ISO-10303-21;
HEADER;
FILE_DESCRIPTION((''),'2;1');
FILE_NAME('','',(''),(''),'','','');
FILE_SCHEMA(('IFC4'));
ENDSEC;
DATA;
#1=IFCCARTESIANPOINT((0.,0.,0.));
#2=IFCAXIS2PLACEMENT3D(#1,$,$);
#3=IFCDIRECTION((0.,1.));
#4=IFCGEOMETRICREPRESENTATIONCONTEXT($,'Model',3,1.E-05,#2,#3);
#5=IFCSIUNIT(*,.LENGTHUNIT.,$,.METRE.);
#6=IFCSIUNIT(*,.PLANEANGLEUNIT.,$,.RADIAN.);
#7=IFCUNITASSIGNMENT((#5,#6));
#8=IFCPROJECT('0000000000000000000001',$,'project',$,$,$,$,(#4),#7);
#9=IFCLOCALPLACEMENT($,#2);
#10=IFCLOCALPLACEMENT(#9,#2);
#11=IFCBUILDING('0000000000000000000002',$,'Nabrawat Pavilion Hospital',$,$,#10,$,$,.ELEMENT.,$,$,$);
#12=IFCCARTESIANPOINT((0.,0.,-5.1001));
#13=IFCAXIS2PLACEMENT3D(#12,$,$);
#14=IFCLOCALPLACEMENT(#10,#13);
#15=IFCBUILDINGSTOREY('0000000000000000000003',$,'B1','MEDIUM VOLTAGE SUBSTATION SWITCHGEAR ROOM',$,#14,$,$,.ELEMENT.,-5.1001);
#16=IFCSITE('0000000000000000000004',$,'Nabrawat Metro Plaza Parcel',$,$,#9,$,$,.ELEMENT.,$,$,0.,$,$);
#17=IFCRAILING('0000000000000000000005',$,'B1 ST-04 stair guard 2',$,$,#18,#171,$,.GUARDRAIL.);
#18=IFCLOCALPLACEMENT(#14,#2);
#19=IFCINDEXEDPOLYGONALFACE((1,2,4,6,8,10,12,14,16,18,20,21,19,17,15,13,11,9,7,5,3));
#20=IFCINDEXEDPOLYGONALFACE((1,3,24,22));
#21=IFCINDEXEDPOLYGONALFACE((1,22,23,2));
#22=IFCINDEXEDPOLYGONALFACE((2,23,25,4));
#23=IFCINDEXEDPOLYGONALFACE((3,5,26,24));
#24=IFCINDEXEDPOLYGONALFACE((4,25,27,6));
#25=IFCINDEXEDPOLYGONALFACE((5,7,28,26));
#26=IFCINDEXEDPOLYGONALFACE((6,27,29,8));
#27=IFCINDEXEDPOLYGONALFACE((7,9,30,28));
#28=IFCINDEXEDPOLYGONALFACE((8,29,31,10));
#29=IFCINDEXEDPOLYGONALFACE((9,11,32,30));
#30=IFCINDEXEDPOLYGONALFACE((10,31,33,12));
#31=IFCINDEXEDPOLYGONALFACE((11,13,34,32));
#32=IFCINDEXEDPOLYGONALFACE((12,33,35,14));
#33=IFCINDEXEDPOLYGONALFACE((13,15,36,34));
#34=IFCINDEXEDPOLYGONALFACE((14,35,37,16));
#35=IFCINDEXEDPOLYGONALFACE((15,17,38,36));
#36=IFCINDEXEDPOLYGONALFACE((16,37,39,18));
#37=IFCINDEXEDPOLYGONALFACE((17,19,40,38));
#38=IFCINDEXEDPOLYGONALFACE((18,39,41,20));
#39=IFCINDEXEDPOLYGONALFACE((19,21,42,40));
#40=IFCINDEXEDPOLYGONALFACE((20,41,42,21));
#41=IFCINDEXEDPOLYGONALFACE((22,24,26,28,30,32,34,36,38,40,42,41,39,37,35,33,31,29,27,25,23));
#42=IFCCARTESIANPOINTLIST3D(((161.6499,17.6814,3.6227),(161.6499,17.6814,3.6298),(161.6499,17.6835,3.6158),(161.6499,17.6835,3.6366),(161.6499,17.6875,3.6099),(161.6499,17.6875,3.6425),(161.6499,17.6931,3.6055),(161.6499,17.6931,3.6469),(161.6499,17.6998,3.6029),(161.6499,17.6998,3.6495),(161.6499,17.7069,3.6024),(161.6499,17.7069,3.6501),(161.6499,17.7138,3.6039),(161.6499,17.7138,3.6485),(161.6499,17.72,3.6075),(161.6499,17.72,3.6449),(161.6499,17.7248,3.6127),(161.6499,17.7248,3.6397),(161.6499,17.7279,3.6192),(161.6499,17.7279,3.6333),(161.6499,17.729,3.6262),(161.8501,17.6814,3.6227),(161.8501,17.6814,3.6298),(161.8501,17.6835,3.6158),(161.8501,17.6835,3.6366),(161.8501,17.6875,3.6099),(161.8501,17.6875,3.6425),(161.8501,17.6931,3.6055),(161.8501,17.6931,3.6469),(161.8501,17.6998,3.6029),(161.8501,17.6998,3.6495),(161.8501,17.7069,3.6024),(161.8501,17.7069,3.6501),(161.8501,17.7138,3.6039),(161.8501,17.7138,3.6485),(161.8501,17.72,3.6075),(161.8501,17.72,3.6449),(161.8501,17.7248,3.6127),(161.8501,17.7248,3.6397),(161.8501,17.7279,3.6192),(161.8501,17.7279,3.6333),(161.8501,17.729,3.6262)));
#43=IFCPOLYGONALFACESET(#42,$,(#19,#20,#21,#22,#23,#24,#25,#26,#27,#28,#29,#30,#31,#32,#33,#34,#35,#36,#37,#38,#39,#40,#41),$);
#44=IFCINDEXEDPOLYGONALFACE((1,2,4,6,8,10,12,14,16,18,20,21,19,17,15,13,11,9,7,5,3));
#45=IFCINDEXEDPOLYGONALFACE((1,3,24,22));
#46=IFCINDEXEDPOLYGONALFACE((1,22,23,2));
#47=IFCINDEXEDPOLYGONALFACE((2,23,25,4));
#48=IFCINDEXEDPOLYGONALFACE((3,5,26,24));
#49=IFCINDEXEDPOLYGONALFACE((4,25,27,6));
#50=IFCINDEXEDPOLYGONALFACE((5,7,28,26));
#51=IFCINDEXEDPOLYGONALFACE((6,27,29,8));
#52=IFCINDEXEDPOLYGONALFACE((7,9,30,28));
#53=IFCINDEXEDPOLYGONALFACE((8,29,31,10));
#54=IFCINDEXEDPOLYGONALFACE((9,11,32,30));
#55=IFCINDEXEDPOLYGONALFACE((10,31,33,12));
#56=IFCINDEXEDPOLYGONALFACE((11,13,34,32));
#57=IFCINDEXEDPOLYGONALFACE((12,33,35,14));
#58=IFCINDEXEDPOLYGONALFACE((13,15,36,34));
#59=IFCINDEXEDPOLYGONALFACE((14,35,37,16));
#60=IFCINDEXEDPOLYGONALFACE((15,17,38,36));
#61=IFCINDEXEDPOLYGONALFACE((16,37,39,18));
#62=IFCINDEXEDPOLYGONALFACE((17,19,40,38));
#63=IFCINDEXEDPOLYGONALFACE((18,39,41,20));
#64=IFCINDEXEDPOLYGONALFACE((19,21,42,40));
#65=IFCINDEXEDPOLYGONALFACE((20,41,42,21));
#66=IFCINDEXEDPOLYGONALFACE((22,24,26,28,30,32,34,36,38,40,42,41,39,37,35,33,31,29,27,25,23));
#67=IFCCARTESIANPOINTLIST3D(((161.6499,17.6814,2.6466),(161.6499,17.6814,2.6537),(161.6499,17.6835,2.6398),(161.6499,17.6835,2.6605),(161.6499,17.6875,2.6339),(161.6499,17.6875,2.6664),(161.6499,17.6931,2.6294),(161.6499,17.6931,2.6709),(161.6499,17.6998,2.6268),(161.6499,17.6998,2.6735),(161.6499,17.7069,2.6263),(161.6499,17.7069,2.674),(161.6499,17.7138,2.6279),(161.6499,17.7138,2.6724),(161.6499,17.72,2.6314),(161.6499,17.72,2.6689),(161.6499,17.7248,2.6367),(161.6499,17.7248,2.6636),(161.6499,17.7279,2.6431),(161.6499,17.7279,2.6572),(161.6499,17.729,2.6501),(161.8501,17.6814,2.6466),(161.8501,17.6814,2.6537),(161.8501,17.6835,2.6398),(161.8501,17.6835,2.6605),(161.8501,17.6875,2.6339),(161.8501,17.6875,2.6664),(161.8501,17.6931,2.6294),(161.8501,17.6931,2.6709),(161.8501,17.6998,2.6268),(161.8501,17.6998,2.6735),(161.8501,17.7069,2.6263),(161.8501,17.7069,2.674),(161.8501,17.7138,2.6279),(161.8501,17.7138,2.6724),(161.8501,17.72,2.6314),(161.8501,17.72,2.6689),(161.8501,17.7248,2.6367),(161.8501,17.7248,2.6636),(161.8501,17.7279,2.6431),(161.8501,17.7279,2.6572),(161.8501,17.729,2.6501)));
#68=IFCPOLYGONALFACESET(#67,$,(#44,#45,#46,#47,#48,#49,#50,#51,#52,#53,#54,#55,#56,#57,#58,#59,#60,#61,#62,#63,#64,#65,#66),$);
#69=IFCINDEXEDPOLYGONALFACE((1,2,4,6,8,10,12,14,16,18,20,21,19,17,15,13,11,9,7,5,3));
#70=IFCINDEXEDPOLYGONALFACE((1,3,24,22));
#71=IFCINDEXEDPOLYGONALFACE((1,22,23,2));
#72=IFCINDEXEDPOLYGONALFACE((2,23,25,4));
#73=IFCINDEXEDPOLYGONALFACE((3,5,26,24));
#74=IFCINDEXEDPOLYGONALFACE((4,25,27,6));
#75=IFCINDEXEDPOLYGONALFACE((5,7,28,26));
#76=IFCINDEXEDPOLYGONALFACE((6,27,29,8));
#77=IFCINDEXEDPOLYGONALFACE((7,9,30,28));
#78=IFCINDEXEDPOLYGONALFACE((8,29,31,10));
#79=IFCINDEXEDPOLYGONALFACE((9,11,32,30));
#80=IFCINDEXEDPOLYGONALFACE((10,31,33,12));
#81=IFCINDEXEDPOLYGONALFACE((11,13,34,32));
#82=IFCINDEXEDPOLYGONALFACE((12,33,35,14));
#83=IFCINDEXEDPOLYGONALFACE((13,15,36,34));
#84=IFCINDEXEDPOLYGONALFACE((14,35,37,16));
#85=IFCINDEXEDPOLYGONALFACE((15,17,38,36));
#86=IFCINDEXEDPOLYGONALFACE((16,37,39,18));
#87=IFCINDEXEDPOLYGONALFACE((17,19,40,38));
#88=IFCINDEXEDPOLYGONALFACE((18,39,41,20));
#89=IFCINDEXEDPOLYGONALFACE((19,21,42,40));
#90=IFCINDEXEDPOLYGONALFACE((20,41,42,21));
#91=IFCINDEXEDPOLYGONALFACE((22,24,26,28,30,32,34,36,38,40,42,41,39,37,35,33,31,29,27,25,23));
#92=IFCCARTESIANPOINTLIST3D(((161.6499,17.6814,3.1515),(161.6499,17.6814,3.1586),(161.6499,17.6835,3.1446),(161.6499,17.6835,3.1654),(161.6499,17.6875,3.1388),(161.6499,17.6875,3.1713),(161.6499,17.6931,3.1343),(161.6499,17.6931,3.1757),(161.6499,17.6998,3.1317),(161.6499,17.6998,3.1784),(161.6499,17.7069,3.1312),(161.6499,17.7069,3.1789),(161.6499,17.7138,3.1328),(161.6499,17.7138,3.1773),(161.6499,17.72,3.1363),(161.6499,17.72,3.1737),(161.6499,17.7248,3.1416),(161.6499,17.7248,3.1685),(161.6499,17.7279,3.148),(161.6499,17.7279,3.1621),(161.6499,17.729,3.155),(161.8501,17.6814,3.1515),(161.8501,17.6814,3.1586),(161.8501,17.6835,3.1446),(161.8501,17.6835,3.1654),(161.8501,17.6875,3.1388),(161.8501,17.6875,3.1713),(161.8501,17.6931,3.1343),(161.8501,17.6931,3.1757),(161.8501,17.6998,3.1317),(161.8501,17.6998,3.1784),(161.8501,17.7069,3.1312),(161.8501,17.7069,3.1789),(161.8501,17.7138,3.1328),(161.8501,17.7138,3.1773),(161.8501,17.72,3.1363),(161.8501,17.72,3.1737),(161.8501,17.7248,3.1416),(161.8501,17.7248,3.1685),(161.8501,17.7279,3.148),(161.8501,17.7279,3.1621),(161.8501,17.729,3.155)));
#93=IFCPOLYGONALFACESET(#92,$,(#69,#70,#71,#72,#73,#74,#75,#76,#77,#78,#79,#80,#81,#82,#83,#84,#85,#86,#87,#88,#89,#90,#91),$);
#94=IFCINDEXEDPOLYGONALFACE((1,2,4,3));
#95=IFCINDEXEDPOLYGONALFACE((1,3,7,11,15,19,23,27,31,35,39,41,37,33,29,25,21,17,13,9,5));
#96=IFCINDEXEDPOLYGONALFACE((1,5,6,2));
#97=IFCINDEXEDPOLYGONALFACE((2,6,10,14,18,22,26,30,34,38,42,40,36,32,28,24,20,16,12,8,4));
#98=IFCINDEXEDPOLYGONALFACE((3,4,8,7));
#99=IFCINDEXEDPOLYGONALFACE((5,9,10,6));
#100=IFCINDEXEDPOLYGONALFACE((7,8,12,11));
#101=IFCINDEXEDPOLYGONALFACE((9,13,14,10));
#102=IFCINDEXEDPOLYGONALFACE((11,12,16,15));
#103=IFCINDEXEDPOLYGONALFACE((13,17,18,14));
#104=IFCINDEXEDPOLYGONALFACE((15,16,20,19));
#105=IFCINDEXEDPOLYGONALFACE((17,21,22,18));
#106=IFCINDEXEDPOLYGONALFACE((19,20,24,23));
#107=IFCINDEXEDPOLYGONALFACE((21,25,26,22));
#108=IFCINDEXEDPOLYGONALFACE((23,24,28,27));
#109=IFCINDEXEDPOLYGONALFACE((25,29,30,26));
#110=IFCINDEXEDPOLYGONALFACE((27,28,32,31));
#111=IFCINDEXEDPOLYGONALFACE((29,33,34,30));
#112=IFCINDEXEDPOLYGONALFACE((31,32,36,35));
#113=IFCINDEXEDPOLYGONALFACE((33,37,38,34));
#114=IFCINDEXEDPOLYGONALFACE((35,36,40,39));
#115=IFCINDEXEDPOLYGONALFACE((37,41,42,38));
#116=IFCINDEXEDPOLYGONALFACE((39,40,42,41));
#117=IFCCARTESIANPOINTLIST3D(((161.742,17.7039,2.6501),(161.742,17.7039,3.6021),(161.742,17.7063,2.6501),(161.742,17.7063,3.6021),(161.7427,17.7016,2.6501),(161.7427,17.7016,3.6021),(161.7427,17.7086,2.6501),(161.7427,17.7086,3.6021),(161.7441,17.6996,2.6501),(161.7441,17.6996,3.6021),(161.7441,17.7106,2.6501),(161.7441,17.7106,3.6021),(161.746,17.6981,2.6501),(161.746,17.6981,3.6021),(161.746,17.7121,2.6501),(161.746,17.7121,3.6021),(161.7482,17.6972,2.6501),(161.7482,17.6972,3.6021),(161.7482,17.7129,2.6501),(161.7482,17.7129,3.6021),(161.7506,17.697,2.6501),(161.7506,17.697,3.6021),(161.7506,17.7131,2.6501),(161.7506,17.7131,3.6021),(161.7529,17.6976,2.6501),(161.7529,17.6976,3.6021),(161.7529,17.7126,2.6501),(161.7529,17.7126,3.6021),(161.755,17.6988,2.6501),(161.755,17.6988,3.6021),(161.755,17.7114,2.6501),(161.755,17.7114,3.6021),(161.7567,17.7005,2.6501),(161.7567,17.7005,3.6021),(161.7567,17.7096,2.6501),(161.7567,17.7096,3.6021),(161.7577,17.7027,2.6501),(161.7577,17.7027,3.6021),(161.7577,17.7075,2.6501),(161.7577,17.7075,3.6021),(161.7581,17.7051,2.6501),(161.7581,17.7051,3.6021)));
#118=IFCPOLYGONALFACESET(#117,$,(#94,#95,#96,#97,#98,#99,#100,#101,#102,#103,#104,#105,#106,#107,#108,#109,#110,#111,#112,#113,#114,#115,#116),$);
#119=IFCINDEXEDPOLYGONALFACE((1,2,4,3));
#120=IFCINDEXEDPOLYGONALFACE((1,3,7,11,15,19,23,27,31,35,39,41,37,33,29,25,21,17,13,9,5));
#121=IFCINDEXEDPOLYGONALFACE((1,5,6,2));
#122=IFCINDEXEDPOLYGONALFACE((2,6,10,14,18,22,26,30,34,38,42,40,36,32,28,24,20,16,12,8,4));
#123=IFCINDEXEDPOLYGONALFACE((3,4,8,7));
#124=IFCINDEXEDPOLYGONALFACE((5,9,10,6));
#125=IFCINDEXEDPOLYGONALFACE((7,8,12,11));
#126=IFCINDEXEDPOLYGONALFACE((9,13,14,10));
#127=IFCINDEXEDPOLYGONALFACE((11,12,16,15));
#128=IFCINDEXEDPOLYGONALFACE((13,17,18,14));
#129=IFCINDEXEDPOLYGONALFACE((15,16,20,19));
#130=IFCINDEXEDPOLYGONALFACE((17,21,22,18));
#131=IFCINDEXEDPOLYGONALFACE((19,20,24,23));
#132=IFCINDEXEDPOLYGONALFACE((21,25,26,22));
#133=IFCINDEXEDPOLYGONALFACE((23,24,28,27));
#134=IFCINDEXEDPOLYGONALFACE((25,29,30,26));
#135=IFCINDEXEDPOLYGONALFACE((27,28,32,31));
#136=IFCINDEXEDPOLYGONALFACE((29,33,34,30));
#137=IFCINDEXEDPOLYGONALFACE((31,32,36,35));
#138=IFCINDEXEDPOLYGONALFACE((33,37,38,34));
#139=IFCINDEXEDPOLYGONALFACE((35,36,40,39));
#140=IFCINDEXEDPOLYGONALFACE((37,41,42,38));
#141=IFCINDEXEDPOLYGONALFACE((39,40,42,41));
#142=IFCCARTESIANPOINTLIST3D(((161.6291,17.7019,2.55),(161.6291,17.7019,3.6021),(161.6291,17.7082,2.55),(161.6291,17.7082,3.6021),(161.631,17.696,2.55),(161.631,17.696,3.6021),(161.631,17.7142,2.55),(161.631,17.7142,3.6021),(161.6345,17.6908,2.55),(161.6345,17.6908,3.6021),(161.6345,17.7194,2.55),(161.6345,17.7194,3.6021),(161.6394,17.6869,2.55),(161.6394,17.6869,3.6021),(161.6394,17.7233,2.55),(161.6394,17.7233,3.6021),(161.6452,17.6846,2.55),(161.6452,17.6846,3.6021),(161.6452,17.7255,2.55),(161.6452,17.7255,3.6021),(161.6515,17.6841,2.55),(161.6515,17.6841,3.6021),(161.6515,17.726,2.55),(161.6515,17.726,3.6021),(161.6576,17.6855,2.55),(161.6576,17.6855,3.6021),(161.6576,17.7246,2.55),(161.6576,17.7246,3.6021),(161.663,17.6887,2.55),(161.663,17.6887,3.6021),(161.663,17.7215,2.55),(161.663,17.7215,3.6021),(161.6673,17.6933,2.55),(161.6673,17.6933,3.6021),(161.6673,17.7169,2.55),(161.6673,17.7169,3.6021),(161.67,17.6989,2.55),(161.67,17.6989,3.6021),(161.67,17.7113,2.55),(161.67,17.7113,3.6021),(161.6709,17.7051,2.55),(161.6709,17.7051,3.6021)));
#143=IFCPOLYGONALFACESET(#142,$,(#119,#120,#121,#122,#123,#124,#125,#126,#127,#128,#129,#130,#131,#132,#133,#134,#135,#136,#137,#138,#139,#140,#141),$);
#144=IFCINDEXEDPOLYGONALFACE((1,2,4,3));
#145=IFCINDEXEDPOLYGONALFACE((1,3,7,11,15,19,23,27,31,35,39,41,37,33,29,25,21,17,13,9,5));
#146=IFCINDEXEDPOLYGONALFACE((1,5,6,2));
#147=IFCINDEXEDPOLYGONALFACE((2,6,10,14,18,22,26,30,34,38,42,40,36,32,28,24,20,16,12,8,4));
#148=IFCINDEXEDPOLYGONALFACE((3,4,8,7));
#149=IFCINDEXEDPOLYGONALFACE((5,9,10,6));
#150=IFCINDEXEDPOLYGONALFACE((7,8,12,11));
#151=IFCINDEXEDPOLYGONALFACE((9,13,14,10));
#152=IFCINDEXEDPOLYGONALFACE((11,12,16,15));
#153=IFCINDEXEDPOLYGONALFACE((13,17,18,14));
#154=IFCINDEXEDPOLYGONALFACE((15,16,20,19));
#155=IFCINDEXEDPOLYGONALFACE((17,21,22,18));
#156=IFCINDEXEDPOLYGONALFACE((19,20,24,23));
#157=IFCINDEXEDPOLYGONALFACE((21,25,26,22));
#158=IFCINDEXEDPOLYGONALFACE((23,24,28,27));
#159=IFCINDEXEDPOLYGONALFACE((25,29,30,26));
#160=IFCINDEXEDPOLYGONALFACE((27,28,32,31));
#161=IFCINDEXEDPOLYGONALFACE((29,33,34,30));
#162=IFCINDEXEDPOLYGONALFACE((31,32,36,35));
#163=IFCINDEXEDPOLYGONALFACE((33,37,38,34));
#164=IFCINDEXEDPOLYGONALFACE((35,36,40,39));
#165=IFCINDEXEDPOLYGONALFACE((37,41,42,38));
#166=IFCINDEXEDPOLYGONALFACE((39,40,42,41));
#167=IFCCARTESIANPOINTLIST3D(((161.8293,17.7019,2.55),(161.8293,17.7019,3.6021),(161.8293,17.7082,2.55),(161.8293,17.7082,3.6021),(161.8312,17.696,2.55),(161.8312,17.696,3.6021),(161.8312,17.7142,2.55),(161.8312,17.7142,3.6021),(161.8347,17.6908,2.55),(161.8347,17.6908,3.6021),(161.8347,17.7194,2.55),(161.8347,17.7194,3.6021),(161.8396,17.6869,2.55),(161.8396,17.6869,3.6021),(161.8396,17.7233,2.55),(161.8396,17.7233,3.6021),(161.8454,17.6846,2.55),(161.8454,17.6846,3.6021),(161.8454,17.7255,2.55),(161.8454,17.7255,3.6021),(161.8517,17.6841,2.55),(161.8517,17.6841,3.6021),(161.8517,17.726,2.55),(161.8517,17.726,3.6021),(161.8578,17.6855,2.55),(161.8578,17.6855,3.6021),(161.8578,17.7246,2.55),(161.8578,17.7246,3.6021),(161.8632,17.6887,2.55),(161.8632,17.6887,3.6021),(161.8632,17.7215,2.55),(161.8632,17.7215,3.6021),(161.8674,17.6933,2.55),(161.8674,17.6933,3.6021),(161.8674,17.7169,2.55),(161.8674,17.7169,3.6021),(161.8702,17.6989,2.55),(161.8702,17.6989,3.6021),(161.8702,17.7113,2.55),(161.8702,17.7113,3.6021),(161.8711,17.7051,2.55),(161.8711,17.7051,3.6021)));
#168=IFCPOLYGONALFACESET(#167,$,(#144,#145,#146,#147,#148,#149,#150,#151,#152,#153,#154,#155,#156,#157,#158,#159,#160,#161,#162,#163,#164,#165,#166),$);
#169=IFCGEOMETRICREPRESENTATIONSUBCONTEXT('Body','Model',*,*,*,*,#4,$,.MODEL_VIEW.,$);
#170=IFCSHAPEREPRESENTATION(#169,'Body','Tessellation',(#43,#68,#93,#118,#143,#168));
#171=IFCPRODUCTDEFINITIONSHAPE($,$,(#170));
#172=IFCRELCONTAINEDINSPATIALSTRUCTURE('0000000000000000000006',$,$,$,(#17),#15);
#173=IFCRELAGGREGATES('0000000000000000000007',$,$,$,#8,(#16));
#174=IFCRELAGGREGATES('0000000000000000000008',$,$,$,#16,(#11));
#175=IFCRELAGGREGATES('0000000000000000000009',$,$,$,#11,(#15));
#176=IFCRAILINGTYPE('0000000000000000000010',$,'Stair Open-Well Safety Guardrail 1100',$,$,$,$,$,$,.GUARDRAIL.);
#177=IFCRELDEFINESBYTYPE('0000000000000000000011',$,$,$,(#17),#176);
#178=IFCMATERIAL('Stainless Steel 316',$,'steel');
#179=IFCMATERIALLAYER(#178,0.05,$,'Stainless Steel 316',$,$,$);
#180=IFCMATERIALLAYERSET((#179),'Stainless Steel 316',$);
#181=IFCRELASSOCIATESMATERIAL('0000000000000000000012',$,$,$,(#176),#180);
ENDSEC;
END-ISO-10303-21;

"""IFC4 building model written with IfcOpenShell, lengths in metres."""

from ifc_helpers import new_model, si_unit, direction, frame, origin, origin_2d, place, context, subcontext, project, spatial, circle, extrude, material, layer, layer_set, type_object, element, save


model = new_model("IFC4")

# Units and contexts
model_context = context("Model", 3, precision=1e-05, world=origin(), true_north=direction((0.0, 1.0)))
body_context = subcontext(model_context, "Body", "Model", "MODEL_VIEW")
ifc_project = project(units=[si_unit("LENGTHUNIT", "METRE"), si_unit("PLANEANGLEUNIT", "RADIAN")], contexts=[model_context])

# Site, building, storey
site_placement = place(None, origin())
site = spatial("IfcSite", under=ifc_project, at=site_placement, Name="Nabrawat Metro Plaza Parcel", CompositionType="ELEMENT", RefElevation=0.0)
building_placement = place(site_placement, origin())
building = spatial("IfcBuilding", under=site, at=building_placement, Name="Nabrawat Pavilion Hospital", CompositionType="ELEMENT")
storey_placement = place(building_placement, frame((0.0, 0.0, -5.1001)))
storey = spatial("IfcBuildingStorey", under=building, at=storey_placement, Name="B1", Description="MEDIUM VOLTAGE SUBSTATION SWITCHGEAR ROOM", CompositionType="ELEMENT", Elevation=-5.1001)

# Railing
ifc_material_1 = material(Name="Stainless Steel 316", Category="steel")
ifc_layer_1 = layer(ifc_material_1, 0.05, Name="Stainless Steel 316")
ifc_layer_set_1 = layer_set([ifc_layer_1], Name="Stainless Steel 316")
railing_type_1 = type_object("IfcRailingType", Name="Stair Open-Well Safety Guardrail 1100", PredefinedType="GUARDRAIL", material=ifc_layer_set_1)
railing_1_placement = place(storey_placement, frame((161.6499, 17.7051, 2.55)))
element("IfcRailing", 1, at=railing_1_placement, inside=storey, type_object=railing_type_1, Name="B1 ST-04 stair guard 2", PredefinedType="GUARDRAIL", context=body_context, shape_type="SweptSolid", body=[
    extrude(circle(Radius=0.0239, at=origin_2d()), frame((0.0, 0.0, 1.0762), z_axis=(1.0, 0.0, 0.0), x_axis=(0.0, 1.0, 0.0)), (0.0, 0.0, 1.0), 0.2002),
    extrude(circle(Radius=0.0239, at=origin_2d()), frame((0.0, 0.0, 0.1001), z_axis=(1.0, 0.0, 0.0), x_axis=(0.0, 1.0, 0.0)), (0.0, 0.0, 1.0), 0.2002),
    extrude(circle(Radius=0.0239, at=origin_2d()), frame((0.0, 0.0, 0.605), z_axis=(1.0, 0.0, 0.0), x_axis=(0.0, 1.0, 0.0)), (0.0, 0.0, 1.0), 0.2002),
    extrude(circle(Radius=0.0081, at=origin_2d()), frame((0.1001, 0.0, 0.1001)), (0.0, 0.0, 1.0), 0.9519),
    extrude(circle(Radius=0.021, at=origin_2d()), origin(), (0.0, 0.0, 1.0), 1.052),
    extrude(circle(Radius=0.021, at=origin_2d()), frame((0.2002, 0.0, 0.0)), (0.0, 0.0, 1.0), 1.052),
])

save(model, "model.ifc")
